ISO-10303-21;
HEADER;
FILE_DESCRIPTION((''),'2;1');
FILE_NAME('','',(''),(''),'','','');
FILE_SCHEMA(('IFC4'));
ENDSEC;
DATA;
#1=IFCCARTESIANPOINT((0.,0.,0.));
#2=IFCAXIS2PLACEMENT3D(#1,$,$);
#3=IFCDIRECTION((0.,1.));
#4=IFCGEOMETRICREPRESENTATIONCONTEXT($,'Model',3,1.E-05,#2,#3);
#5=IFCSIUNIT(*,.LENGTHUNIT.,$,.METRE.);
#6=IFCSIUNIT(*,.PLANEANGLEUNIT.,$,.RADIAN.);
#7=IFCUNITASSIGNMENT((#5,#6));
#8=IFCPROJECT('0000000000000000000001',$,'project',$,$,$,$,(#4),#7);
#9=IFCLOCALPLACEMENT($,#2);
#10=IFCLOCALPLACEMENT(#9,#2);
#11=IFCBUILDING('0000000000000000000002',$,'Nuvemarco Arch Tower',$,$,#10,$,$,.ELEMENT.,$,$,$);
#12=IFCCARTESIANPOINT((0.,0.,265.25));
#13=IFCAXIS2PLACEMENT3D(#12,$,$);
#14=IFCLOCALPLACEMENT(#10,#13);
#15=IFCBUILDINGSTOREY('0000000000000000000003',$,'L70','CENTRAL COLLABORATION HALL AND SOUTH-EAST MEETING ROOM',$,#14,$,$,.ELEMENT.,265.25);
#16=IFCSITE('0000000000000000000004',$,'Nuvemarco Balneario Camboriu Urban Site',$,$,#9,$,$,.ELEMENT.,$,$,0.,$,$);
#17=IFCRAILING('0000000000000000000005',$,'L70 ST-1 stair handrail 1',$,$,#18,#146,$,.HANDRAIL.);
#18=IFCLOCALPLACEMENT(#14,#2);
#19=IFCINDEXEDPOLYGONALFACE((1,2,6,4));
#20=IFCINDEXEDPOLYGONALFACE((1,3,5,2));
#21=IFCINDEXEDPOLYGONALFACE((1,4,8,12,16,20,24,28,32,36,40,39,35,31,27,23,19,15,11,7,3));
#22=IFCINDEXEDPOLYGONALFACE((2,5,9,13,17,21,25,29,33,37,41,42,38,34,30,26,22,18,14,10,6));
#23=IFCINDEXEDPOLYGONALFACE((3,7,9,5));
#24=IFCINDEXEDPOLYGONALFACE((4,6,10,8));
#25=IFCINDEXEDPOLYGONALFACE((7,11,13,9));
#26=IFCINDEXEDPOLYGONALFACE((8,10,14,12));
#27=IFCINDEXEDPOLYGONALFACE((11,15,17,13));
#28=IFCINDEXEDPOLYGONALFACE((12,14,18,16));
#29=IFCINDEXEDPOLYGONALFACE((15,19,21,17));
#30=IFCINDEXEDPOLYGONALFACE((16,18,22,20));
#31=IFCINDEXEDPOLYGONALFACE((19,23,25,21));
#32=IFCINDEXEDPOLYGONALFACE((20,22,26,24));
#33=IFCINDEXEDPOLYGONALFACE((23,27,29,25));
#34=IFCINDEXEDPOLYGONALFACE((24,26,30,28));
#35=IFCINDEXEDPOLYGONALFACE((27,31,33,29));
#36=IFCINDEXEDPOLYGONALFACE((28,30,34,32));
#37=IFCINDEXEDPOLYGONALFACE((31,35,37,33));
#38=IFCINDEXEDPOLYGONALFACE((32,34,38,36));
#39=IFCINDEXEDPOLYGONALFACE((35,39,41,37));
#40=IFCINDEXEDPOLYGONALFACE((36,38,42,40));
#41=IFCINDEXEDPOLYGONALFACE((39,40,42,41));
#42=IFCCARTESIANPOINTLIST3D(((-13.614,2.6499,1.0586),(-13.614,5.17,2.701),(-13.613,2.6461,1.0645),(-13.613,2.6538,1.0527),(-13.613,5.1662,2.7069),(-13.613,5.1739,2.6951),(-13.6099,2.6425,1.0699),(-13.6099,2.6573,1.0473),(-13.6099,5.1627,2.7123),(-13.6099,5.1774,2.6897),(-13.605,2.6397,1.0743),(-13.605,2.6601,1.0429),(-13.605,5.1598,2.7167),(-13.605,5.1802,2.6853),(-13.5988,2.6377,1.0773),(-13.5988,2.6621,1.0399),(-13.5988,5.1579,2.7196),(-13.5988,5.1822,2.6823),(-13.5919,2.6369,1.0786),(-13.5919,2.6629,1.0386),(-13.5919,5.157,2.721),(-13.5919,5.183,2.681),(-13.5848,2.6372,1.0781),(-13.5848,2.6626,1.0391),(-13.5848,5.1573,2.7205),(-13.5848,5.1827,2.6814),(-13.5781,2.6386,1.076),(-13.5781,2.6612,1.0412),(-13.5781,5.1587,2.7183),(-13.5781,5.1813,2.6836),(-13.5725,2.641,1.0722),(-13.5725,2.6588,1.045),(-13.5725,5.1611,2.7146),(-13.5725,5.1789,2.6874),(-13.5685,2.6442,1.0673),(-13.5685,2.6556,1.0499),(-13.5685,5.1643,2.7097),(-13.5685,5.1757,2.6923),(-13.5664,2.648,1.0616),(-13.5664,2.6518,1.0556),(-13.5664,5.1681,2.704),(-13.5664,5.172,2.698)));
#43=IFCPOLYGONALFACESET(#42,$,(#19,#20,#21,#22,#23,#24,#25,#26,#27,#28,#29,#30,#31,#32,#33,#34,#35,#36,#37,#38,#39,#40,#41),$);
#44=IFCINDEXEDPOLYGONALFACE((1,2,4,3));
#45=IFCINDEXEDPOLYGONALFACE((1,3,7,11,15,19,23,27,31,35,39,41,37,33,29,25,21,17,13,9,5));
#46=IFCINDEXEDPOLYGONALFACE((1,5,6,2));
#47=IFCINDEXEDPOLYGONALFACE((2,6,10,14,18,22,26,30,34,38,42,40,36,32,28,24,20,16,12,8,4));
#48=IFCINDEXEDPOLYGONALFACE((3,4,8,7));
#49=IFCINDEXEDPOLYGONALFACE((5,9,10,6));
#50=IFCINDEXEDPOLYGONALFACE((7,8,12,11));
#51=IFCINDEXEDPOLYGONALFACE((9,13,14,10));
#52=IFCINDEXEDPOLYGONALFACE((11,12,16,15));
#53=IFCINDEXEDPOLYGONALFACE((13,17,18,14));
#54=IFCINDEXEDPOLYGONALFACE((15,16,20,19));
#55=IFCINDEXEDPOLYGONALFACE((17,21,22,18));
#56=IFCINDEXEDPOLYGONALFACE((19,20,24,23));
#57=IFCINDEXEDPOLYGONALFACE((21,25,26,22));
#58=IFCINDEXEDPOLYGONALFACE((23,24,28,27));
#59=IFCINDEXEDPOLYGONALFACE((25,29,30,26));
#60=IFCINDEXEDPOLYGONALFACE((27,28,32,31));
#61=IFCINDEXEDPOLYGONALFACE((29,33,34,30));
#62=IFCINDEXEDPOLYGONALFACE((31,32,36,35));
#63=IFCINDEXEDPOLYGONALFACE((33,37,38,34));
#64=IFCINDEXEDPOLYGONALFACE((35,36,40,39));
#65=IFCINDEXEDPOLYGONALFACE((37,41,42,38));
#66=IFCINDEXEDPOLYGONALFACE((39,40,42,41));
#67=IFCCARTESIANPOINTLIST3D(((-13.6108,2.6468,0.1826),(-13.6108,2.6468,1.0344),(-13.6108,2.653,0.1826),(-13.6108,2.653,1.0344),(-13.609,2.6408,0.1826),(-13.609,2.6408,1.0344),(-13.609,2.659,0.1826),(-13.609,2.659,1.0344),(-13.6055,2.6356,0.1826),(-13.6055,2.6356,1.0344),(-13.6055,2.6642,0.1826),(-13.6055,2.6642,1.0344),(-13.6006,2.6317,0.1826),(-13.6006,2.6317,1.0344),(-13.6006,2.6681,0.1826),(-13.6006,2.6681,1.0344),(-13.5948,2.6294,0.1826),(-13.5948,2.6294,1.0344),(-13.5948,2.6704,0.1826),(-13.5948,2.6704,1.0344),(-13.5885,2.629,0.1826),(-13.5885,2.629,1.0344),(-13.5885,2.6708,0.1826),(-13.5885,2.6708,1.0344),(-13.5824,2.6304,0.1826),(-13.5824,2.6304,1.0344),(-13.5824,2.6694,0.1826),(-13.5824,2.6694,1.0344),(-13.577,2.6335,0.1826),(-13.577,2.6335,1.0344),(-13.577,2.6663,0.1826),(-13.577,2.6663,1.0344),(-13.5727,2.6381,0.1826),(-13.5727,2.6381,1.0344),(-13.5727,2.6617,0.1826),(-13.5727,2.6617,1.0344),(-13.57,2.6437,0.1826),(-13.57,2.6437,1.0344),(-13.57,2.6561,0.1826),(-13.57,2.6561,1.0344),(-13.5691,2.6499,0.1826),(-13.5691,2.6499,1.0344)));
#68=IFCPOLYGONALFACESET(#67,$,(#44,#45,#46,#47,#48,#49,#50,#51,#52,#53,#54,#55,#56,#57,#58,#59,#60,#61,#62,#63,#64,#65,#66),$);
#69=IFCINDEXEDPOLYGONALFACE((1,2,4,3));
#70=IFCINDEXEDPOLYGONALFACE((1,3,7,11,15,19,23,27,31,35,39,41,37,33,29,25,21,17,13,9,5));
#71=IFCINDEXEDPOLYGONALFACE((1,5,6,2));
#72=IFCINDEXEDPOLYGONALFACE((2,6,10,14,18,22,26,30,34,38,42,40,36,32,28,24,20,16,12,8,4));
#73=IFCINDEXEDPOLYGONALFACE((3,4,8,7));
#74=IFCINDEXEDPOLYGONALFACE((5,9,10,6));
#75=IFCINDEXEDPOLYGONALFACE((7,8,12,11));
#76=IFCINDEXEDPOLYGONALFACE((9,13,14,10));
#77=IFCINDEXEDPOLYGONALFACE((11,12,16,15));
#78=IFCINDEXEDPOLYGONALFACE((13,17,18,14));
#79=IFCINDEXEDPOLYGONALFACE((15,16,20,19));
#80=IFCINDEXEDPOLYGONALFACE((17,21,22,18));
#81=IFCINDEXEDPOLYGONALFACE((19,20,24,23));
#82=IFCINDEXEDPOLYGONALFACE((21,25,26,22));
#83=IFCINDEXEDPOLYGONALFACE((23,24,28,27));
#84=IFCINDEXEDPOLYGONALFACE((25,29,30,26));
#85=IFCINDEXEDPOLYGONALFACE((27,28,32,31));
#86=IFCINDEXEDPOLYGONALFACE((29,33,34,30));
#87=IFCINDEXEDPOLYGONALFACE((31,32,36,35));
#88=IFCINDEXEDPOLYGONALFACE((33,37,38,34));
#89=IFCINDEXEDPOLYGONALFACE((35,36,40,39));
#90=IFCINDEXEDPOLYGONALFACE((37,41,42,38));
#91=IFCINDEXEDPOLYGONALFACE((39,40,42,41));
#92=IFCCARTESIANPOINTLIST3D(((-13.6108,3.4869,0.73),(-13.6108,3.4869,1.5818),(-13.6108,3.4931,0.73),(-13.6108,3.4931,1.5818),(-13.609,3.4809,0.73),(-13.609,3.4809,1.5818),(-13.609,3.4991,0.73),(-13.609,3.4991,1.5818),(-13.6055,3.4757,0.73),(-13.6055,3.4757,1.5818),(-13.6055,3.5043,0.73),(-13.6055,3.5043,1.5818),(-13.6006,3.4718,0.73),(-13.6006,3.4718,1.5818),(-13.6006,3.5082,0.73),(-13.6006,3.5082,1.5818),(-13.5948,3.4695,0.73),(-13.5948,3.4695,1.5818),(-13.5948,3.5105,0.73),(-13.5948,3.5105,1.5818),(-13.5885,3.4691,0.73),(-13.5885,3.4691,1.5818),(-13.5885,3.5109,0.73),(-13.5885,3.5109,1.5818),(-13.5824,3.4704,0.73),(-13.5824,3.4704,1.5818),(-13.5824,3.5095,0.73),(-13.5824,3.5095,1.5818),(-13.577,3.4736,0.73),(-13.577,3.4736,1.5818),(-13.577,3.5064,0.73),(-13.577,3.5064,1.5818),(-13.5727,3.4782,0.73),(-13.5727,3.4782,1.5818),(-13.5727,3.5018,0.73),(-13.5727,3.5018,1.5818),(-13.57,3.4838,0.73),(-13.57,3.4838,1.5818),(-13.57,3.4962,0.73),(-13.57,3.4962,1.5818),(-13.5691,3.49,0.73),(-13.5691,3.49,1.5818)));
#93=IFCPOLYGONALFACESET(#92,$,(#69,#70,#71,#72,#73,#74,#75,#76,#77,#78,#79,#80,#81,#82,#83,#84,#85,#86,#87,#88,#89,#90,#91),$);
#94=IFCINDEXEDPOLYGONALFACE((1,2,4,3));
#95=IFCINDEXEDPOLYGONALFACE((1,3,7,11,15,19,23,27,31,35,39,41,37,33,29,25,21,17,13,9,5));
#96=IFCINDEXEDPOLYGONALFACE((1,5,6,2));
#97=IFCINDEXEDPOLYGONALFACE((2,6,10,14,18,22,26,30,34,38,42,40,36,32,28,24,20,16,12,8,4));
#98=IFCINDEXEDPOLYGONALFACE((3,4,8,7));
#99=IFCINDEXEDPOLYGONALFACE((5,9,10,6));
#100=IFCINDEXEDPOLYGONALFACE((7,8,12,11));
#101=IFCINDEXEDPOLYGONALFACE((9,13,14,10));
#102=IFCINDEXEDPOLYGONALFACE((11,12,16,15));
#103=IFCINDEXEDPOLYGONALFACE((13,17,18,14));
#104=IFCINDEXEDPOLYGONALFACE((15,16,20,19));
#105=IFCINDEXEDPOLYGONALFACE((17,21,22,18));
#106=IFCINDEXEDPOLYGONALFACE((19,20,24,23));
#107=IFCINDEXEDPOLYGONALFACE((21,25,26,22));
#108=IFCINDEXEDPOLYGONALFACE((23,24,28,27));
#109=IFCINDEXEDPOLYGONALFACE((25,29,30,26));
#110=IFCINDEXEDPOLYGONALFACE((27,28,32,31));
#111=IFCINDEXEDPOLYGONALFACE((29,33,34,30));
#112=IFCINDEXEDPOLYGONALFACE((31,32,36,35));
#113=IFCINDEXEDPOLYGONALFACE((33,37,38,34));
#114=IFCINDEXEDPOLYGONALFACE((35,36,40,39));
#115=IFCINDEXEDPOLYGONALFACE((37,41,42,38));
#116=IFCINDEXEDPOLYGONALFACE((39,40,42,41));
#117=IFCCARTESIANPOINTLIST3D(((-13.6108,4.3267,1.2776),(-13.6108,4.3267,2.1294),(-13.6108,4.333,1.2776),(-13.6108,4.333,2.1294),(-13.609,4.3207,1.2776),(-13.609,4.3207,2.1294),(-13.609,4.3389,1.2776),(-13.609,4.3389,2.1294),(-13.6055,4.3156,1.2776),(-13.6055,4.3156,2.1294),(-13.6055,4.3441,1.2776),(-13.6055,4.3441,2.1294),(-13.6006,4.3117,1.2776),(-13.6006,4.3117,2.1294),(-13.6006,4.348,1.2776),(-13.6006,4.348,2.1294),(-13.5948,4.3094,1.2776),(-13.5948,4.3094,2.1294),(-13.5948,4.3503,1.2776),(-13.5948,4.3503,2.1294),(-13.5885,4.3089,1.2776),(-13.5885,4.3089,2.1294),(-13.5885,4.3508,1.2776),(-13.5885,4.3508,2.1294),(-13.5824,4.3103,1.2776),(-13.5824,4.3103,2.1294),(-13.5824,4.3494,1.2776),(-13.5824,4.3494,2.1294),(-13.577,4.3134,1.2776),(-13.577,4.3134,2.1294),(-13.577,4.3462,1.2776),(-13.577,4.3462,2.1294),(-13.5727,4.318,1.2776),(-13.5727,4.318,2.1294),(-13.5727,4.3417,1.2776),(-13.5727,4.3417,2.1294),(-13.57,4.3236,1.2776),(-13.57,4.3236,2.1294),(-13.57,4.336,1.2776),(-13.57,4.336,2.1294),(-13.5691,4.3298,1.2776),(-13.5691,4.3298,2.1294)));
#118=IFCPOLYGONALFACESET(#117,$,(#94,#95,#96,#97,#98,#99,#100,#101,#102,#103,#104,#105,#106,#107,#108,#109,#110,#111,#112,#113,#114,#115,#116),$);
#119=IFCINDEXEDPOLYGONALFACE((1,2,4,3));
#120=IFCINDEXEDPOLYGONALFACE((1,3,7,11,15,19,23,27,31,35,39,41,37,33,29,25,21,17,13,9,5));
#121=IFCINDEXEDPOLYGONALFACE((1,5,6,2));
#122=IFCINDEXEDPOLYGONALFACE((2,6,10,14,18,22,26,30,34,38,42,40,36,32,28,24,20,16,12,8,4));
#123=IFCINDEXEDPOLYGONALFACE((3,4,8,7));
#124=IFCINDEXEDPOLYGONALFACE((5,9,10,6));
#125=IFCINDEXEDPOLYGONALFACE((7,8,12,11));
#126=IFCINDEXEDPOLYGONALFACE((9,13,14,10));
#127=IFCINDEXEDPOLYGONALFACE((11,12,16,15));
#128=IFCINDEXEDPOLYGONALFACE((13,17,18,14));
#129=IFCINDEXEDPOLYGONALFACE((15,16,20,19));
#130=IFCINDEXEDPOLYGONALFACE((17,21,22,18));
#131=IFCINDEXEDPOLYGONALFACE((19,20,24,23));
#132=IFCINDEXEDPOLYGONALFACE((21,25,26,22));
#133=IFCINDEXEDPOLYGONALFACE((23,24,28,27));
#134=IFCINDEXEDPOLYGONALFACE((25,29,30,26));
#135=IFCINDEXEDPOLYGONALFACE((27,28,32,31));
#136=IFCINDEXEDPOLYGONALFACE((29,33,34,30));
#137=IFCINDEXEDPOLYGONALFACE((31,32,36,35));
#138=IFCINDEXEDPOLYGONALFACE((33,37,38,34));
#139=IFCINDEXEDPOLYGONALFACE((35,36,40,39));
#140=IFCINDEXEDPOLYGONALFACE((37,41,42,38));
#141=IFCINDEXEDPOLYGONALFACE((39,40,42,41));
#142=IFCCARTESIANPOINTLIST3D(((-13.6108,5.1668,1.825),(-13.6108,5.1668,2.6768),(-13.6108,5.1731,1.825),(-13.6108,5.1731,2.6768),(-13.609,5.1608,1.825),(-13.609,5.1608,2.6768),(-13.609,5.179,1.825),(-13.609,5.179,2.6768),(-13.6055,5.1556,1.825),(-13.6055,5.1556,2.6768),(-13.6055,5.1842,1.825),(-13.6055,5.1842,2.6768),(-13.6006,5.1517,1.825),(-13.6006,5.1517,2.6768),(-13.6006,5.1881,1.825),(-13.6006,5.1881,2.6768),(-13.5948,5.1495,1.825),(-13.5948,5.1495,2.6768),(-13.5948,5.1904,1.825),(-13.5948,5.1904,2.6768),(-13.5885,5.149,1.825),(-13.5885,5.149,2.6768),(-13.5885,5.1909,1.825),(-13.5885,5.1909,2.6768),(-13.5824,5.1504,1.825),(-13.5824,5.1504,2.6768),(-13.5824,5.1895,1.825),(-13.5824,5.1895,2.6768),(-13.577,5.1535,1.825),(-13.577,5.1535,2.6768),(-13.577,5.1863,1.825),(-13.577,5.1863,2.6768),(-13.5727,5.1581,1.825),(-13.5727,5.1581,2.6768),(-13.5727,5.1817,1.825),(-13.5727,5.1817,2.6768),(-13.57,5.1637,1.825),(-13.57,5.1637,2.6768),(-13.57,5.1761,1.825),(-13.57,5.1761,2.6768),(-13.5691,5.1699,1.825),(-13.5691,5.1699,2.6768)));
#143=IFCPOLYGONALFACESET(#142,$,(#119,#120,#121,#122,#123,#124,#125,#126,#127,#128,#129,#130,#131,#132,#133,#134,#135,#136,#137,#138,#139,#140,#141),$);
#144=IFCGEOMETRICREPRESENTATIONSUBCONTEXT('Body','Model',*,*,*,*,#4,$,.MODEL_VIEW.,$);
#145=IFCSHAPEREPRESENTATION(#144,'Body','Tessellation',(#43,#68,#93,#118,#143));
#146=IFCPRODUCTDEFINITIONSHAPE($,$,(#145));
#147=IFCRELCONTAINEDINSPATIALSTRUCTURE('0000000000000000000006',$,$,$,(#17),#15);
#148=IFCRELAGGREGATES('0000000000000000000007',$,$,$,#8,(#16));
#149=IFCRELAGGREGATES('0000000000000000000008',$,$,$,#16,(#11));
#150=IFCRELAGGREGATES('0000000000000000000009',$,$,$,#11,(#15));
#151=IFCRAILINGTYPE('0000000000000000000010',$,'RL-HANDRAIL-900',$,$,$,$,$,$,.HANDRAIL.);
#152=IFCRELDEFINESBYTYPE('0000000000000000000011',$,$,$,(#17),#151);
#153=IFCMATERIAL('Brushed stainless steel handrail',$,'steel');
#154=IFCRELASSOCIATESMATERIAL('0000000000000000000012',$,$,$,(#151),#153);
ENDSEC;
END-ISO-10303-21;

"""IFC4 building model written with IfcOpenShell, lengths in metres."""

from ifc_helpers import new_model, si_unit, direction, frame, origin, origin_2d, place, context, subcontext, project, spatial, circle, extrude, material, type_object, element, save


model = new_model("IFC4")

# Units and contexts
model_context = context("Model", 3, precision=1e-05, world=origin(), true_north=direction((0.0, 1.0)))
body_context = subcontext(model_context, "Body", "Model", "MODEL_VIEW")
ifc_project = project(units=[si_unit("LENGTHUNIT", "METRE"), si_unit("PLANEANGLEUNIT", "RADIAN")], contexts=[model_context])

# Site, building, storey
site_placement = place(None, origin())
site = spatial("IfcSite", under=ifc_project, at=site_placement, Name="Nuvemarco Balneario Camboriu Urban Site", CompositionType="ELEMENT", RefElevation=0.0)
building_placement = place(site_placement, origin())
building = spatial("IfcBuilding", under=site, at=building_placement, Name="Nuvemarco Arch Tower", CompositionType="ELEMENT")
storey_placement = place(building_placement, frame((0.0, 0.0, 265.25)))
storey = spatial("IfcBuildingStorey", under=building, at=storey_placement, Name="L70", Description="CENTRAL COLLABORATION HALL AND SOUTH-EAST MEETING ROOM", CompositionType="ELEMENT", Elevation=265.25)

# Railing
ifc_material_1 = material(Name="Brushed stainless steel handrail", Category="steel")
railing_type_1 = type_object("IfcRailingType", Name="RL-HANDRAIL-900", PredefinedType="HANDRAIL", material=ifc_material_1)
railing_1_placement = place(storey_placement, frame((-13.5901, 2.6499, 0.1826)))
element("IfcRailing", 1, at=railing_1_placement, inside=storey, type_object=railing_type_1, Name="L70 ST-1 stair handrail 1", PredefinedType="HANDRAIL", context=body_context, shape_type="SweptSolid", body=[
    extrude(circle(Radius=0.0239, at=origin_2d()), frame((0.0, 0.0, 0.876), z_axis=(0.0, 0.837787, 0.545998), x_axis=(-1.0, 0.0, 0.0)), (0.0, 0.0, 1.0), 3.0081),
    extrude(circle(Radius=0.021, at=origin_2d()), origin(), (0.0, 0.0, 1.0), 0.8518),
    extrude(circle(Radius=0.021, at=origin_2d()), frame((0.0, 0.8401, 0.5474)), (0.0, 0.0, 1.0), 0.8518),
    extrude(circle(Radius=0.021, at=origin_2d()), frame((0.0, 1.6799, 1.095)), (0.0, 0.0, 1.0), 0.8518),
    extrude(circle(Radius=0.021, at=origin_2d()), frame((0.0, 2.52, 1.6423)), (0.0, 0.0, 1.0), 0.8518),
])

save(model, "model.ifc")
